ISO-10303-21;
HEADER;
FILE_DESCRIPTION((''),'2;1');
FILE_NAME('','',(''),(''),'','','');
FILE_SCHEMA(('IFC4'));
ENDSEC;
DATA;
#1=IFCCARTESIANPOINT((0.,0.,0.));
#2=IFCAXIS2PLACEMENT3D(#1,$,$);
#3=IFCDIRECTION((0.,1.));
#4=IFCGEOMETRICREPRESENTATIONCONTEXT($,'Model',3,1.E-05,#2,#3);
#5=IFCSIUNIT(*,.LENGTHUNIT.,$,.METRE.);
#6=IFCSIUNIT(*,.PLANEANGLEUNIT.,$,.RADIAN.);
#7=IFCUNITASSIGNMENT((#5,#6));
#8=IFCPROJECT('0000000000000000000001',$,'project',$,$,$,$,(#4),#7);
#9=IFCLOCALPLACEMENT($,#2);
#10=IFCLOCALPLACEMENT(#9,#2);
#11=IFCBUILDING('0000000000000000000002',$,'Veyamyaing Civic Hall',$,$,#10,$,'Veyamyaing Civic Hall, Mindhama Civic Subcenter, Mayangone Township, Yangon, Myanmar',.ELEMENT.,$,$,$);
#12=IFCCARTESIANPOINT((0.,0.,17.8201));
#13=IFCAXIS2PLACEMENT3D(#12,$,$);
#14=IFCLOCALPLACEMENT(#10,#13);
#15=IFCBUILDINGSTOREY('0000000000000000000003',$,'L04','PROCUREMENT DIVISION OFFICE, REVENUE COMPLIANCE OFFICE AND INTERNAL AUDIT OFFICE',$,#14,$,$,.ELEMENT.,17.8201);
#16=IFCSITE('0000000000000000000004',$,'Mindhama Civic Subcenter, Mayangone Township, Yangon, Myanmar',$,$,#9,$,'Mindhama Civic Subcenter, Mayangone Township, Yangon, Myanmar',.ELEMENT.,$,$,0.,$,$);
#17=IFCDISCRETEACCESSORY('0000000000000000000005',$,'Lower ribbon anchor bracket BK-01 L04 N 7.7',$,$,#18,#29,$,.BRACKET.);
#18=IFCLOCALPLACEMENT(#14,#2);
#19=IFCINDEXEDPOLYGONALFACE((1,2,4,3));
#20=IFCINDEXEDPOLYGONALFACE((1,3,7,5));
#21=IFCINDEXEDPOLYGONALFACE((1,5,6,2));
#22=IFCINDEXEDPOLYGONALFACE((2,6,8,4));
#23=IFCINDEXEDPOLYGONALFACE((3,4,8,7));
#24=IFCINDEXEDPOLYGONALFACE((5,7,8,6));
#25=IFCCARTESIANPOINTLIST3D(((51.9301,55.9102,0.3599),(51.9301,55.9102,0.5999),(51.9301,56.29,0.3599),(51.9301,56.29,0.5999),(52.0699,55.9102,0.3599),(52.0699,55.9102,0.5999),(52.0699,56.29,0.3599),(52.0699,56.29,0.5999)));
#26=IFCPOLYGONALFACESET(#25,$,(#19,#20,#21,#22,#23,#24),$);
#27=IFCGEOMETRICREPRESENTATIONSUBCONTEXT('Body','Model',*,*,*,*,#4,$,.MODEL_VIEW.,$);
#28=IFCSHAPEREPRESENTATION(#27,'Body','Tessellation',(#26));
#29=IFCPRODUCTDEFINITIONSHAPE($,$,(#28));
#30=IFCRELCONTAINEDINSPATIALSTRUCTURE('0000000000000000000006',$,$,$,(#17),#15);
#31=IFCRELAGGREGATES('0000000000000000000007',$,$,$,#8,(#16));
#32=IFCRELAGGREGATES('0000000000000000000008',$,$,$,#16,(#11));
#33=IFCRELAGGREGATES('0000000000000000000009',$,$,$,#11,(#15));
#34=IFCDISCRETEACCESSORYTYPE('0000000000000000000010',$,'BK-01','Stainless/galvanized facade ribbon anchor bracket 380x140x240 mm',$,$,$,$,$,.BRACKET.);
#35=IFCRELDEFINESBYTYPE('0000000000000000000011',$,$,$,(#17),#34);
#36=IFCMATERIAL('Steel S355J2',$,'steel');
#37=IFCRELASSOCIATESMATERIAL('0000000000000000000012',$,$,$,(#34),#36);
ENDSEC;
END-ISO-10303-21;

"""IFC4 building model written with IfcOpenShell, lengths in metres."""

from ifc_helpers import new_model, si_unit, direction, frame, origin, origin_2d, place, context, subcontext, project, spatial, rectangle, extrude, material, type_object, element, save


model = new_model("IFC4")

# Units and contexts
model_context = context("Model", 3, precision=1e-05, world=origin(), true_north=direction((0.0, 1.0)))
body_context = subcontext(model_context, "Body", "Model", "MODEL_VIEW")
ifc_project = project(units=[si_unit("LENGTHUNIT", "METRE"), si_unit("PLANEANGLEUNIT", "RADIAN")], contexts=[model_context])

# Site, building, storey
site_placement = place(None, origin())
site = spatial("IfcSite", under=ifc_project, at=site_placement, Name="Mindhama Civic Subcenter, Mayangone Township, Yangon, Myanmar", LongName="Mindhama Civic Subcenter, Mayangone Township, Yangon, Myanmar", CompositionType="ELEMENT", RefElevation=0.0)
building_placement = place(site_placement, origin())
building = spatial("IfcBuilding", under=site, at=building_placement, Name="Veyamyaing Civic Hall", LongName="Veyamyaing Civic Hall, Mindhama Civic Subcenter, Mayangone Township, Yangon, Myanmar", CompositionType="ELEMENT")
storey_placement = place(building_placement, frame((0.0, 0.0, 17.8201)))
storey = spatial("IfcBuildingStorey", under=building, at=storey_placement, Name="L04", Description="PROCUREMENT DIVISION OFFICE, REVENUE COMPLIANCE OFFICE AND INTERNAL AUDIT OFFICE", CompositionType="ELEMENT", Elevation=17.8201)

# Discrete accessory
ifc_material_1 = material(Name="Steel S355J2", Category="steel")
discrete_accessory_type = type_object("IfcDiscreteAccessoryType", Name="BK-01", Description="Stainless/galvanized facade ribbon anchor bracket 380x140x240 mm", PredefinedType="BRACKET", material=ifc_material_1)
for number, where, z_axis, x_axis, name in (
    (1, (52.0, 56.1001, 0.3599), (0.0, 0.0, 1.0), (0.0, 1.0, 0.0), "Lower ribbon anchor bracket BK-01 L04 N 7.7"),
):
    element("IfcDiscreteAccessory", number, at=place(storey_placement, frame(where, z_axis=z_axis, x_axis=x_axis)), inside=storey, type_object=discrete_accessory_type, Name=name, PredefinedType="BRACKET", context=body_context, shape_type="SweptSolid", body=[
        extrude(rectangle(XDim=0.3799, YDim=0.1399, at=origin_2d()), origin(), (0.0, 0.0, 1.0), 0.24),
    ])

save(model, "model.ifc")
